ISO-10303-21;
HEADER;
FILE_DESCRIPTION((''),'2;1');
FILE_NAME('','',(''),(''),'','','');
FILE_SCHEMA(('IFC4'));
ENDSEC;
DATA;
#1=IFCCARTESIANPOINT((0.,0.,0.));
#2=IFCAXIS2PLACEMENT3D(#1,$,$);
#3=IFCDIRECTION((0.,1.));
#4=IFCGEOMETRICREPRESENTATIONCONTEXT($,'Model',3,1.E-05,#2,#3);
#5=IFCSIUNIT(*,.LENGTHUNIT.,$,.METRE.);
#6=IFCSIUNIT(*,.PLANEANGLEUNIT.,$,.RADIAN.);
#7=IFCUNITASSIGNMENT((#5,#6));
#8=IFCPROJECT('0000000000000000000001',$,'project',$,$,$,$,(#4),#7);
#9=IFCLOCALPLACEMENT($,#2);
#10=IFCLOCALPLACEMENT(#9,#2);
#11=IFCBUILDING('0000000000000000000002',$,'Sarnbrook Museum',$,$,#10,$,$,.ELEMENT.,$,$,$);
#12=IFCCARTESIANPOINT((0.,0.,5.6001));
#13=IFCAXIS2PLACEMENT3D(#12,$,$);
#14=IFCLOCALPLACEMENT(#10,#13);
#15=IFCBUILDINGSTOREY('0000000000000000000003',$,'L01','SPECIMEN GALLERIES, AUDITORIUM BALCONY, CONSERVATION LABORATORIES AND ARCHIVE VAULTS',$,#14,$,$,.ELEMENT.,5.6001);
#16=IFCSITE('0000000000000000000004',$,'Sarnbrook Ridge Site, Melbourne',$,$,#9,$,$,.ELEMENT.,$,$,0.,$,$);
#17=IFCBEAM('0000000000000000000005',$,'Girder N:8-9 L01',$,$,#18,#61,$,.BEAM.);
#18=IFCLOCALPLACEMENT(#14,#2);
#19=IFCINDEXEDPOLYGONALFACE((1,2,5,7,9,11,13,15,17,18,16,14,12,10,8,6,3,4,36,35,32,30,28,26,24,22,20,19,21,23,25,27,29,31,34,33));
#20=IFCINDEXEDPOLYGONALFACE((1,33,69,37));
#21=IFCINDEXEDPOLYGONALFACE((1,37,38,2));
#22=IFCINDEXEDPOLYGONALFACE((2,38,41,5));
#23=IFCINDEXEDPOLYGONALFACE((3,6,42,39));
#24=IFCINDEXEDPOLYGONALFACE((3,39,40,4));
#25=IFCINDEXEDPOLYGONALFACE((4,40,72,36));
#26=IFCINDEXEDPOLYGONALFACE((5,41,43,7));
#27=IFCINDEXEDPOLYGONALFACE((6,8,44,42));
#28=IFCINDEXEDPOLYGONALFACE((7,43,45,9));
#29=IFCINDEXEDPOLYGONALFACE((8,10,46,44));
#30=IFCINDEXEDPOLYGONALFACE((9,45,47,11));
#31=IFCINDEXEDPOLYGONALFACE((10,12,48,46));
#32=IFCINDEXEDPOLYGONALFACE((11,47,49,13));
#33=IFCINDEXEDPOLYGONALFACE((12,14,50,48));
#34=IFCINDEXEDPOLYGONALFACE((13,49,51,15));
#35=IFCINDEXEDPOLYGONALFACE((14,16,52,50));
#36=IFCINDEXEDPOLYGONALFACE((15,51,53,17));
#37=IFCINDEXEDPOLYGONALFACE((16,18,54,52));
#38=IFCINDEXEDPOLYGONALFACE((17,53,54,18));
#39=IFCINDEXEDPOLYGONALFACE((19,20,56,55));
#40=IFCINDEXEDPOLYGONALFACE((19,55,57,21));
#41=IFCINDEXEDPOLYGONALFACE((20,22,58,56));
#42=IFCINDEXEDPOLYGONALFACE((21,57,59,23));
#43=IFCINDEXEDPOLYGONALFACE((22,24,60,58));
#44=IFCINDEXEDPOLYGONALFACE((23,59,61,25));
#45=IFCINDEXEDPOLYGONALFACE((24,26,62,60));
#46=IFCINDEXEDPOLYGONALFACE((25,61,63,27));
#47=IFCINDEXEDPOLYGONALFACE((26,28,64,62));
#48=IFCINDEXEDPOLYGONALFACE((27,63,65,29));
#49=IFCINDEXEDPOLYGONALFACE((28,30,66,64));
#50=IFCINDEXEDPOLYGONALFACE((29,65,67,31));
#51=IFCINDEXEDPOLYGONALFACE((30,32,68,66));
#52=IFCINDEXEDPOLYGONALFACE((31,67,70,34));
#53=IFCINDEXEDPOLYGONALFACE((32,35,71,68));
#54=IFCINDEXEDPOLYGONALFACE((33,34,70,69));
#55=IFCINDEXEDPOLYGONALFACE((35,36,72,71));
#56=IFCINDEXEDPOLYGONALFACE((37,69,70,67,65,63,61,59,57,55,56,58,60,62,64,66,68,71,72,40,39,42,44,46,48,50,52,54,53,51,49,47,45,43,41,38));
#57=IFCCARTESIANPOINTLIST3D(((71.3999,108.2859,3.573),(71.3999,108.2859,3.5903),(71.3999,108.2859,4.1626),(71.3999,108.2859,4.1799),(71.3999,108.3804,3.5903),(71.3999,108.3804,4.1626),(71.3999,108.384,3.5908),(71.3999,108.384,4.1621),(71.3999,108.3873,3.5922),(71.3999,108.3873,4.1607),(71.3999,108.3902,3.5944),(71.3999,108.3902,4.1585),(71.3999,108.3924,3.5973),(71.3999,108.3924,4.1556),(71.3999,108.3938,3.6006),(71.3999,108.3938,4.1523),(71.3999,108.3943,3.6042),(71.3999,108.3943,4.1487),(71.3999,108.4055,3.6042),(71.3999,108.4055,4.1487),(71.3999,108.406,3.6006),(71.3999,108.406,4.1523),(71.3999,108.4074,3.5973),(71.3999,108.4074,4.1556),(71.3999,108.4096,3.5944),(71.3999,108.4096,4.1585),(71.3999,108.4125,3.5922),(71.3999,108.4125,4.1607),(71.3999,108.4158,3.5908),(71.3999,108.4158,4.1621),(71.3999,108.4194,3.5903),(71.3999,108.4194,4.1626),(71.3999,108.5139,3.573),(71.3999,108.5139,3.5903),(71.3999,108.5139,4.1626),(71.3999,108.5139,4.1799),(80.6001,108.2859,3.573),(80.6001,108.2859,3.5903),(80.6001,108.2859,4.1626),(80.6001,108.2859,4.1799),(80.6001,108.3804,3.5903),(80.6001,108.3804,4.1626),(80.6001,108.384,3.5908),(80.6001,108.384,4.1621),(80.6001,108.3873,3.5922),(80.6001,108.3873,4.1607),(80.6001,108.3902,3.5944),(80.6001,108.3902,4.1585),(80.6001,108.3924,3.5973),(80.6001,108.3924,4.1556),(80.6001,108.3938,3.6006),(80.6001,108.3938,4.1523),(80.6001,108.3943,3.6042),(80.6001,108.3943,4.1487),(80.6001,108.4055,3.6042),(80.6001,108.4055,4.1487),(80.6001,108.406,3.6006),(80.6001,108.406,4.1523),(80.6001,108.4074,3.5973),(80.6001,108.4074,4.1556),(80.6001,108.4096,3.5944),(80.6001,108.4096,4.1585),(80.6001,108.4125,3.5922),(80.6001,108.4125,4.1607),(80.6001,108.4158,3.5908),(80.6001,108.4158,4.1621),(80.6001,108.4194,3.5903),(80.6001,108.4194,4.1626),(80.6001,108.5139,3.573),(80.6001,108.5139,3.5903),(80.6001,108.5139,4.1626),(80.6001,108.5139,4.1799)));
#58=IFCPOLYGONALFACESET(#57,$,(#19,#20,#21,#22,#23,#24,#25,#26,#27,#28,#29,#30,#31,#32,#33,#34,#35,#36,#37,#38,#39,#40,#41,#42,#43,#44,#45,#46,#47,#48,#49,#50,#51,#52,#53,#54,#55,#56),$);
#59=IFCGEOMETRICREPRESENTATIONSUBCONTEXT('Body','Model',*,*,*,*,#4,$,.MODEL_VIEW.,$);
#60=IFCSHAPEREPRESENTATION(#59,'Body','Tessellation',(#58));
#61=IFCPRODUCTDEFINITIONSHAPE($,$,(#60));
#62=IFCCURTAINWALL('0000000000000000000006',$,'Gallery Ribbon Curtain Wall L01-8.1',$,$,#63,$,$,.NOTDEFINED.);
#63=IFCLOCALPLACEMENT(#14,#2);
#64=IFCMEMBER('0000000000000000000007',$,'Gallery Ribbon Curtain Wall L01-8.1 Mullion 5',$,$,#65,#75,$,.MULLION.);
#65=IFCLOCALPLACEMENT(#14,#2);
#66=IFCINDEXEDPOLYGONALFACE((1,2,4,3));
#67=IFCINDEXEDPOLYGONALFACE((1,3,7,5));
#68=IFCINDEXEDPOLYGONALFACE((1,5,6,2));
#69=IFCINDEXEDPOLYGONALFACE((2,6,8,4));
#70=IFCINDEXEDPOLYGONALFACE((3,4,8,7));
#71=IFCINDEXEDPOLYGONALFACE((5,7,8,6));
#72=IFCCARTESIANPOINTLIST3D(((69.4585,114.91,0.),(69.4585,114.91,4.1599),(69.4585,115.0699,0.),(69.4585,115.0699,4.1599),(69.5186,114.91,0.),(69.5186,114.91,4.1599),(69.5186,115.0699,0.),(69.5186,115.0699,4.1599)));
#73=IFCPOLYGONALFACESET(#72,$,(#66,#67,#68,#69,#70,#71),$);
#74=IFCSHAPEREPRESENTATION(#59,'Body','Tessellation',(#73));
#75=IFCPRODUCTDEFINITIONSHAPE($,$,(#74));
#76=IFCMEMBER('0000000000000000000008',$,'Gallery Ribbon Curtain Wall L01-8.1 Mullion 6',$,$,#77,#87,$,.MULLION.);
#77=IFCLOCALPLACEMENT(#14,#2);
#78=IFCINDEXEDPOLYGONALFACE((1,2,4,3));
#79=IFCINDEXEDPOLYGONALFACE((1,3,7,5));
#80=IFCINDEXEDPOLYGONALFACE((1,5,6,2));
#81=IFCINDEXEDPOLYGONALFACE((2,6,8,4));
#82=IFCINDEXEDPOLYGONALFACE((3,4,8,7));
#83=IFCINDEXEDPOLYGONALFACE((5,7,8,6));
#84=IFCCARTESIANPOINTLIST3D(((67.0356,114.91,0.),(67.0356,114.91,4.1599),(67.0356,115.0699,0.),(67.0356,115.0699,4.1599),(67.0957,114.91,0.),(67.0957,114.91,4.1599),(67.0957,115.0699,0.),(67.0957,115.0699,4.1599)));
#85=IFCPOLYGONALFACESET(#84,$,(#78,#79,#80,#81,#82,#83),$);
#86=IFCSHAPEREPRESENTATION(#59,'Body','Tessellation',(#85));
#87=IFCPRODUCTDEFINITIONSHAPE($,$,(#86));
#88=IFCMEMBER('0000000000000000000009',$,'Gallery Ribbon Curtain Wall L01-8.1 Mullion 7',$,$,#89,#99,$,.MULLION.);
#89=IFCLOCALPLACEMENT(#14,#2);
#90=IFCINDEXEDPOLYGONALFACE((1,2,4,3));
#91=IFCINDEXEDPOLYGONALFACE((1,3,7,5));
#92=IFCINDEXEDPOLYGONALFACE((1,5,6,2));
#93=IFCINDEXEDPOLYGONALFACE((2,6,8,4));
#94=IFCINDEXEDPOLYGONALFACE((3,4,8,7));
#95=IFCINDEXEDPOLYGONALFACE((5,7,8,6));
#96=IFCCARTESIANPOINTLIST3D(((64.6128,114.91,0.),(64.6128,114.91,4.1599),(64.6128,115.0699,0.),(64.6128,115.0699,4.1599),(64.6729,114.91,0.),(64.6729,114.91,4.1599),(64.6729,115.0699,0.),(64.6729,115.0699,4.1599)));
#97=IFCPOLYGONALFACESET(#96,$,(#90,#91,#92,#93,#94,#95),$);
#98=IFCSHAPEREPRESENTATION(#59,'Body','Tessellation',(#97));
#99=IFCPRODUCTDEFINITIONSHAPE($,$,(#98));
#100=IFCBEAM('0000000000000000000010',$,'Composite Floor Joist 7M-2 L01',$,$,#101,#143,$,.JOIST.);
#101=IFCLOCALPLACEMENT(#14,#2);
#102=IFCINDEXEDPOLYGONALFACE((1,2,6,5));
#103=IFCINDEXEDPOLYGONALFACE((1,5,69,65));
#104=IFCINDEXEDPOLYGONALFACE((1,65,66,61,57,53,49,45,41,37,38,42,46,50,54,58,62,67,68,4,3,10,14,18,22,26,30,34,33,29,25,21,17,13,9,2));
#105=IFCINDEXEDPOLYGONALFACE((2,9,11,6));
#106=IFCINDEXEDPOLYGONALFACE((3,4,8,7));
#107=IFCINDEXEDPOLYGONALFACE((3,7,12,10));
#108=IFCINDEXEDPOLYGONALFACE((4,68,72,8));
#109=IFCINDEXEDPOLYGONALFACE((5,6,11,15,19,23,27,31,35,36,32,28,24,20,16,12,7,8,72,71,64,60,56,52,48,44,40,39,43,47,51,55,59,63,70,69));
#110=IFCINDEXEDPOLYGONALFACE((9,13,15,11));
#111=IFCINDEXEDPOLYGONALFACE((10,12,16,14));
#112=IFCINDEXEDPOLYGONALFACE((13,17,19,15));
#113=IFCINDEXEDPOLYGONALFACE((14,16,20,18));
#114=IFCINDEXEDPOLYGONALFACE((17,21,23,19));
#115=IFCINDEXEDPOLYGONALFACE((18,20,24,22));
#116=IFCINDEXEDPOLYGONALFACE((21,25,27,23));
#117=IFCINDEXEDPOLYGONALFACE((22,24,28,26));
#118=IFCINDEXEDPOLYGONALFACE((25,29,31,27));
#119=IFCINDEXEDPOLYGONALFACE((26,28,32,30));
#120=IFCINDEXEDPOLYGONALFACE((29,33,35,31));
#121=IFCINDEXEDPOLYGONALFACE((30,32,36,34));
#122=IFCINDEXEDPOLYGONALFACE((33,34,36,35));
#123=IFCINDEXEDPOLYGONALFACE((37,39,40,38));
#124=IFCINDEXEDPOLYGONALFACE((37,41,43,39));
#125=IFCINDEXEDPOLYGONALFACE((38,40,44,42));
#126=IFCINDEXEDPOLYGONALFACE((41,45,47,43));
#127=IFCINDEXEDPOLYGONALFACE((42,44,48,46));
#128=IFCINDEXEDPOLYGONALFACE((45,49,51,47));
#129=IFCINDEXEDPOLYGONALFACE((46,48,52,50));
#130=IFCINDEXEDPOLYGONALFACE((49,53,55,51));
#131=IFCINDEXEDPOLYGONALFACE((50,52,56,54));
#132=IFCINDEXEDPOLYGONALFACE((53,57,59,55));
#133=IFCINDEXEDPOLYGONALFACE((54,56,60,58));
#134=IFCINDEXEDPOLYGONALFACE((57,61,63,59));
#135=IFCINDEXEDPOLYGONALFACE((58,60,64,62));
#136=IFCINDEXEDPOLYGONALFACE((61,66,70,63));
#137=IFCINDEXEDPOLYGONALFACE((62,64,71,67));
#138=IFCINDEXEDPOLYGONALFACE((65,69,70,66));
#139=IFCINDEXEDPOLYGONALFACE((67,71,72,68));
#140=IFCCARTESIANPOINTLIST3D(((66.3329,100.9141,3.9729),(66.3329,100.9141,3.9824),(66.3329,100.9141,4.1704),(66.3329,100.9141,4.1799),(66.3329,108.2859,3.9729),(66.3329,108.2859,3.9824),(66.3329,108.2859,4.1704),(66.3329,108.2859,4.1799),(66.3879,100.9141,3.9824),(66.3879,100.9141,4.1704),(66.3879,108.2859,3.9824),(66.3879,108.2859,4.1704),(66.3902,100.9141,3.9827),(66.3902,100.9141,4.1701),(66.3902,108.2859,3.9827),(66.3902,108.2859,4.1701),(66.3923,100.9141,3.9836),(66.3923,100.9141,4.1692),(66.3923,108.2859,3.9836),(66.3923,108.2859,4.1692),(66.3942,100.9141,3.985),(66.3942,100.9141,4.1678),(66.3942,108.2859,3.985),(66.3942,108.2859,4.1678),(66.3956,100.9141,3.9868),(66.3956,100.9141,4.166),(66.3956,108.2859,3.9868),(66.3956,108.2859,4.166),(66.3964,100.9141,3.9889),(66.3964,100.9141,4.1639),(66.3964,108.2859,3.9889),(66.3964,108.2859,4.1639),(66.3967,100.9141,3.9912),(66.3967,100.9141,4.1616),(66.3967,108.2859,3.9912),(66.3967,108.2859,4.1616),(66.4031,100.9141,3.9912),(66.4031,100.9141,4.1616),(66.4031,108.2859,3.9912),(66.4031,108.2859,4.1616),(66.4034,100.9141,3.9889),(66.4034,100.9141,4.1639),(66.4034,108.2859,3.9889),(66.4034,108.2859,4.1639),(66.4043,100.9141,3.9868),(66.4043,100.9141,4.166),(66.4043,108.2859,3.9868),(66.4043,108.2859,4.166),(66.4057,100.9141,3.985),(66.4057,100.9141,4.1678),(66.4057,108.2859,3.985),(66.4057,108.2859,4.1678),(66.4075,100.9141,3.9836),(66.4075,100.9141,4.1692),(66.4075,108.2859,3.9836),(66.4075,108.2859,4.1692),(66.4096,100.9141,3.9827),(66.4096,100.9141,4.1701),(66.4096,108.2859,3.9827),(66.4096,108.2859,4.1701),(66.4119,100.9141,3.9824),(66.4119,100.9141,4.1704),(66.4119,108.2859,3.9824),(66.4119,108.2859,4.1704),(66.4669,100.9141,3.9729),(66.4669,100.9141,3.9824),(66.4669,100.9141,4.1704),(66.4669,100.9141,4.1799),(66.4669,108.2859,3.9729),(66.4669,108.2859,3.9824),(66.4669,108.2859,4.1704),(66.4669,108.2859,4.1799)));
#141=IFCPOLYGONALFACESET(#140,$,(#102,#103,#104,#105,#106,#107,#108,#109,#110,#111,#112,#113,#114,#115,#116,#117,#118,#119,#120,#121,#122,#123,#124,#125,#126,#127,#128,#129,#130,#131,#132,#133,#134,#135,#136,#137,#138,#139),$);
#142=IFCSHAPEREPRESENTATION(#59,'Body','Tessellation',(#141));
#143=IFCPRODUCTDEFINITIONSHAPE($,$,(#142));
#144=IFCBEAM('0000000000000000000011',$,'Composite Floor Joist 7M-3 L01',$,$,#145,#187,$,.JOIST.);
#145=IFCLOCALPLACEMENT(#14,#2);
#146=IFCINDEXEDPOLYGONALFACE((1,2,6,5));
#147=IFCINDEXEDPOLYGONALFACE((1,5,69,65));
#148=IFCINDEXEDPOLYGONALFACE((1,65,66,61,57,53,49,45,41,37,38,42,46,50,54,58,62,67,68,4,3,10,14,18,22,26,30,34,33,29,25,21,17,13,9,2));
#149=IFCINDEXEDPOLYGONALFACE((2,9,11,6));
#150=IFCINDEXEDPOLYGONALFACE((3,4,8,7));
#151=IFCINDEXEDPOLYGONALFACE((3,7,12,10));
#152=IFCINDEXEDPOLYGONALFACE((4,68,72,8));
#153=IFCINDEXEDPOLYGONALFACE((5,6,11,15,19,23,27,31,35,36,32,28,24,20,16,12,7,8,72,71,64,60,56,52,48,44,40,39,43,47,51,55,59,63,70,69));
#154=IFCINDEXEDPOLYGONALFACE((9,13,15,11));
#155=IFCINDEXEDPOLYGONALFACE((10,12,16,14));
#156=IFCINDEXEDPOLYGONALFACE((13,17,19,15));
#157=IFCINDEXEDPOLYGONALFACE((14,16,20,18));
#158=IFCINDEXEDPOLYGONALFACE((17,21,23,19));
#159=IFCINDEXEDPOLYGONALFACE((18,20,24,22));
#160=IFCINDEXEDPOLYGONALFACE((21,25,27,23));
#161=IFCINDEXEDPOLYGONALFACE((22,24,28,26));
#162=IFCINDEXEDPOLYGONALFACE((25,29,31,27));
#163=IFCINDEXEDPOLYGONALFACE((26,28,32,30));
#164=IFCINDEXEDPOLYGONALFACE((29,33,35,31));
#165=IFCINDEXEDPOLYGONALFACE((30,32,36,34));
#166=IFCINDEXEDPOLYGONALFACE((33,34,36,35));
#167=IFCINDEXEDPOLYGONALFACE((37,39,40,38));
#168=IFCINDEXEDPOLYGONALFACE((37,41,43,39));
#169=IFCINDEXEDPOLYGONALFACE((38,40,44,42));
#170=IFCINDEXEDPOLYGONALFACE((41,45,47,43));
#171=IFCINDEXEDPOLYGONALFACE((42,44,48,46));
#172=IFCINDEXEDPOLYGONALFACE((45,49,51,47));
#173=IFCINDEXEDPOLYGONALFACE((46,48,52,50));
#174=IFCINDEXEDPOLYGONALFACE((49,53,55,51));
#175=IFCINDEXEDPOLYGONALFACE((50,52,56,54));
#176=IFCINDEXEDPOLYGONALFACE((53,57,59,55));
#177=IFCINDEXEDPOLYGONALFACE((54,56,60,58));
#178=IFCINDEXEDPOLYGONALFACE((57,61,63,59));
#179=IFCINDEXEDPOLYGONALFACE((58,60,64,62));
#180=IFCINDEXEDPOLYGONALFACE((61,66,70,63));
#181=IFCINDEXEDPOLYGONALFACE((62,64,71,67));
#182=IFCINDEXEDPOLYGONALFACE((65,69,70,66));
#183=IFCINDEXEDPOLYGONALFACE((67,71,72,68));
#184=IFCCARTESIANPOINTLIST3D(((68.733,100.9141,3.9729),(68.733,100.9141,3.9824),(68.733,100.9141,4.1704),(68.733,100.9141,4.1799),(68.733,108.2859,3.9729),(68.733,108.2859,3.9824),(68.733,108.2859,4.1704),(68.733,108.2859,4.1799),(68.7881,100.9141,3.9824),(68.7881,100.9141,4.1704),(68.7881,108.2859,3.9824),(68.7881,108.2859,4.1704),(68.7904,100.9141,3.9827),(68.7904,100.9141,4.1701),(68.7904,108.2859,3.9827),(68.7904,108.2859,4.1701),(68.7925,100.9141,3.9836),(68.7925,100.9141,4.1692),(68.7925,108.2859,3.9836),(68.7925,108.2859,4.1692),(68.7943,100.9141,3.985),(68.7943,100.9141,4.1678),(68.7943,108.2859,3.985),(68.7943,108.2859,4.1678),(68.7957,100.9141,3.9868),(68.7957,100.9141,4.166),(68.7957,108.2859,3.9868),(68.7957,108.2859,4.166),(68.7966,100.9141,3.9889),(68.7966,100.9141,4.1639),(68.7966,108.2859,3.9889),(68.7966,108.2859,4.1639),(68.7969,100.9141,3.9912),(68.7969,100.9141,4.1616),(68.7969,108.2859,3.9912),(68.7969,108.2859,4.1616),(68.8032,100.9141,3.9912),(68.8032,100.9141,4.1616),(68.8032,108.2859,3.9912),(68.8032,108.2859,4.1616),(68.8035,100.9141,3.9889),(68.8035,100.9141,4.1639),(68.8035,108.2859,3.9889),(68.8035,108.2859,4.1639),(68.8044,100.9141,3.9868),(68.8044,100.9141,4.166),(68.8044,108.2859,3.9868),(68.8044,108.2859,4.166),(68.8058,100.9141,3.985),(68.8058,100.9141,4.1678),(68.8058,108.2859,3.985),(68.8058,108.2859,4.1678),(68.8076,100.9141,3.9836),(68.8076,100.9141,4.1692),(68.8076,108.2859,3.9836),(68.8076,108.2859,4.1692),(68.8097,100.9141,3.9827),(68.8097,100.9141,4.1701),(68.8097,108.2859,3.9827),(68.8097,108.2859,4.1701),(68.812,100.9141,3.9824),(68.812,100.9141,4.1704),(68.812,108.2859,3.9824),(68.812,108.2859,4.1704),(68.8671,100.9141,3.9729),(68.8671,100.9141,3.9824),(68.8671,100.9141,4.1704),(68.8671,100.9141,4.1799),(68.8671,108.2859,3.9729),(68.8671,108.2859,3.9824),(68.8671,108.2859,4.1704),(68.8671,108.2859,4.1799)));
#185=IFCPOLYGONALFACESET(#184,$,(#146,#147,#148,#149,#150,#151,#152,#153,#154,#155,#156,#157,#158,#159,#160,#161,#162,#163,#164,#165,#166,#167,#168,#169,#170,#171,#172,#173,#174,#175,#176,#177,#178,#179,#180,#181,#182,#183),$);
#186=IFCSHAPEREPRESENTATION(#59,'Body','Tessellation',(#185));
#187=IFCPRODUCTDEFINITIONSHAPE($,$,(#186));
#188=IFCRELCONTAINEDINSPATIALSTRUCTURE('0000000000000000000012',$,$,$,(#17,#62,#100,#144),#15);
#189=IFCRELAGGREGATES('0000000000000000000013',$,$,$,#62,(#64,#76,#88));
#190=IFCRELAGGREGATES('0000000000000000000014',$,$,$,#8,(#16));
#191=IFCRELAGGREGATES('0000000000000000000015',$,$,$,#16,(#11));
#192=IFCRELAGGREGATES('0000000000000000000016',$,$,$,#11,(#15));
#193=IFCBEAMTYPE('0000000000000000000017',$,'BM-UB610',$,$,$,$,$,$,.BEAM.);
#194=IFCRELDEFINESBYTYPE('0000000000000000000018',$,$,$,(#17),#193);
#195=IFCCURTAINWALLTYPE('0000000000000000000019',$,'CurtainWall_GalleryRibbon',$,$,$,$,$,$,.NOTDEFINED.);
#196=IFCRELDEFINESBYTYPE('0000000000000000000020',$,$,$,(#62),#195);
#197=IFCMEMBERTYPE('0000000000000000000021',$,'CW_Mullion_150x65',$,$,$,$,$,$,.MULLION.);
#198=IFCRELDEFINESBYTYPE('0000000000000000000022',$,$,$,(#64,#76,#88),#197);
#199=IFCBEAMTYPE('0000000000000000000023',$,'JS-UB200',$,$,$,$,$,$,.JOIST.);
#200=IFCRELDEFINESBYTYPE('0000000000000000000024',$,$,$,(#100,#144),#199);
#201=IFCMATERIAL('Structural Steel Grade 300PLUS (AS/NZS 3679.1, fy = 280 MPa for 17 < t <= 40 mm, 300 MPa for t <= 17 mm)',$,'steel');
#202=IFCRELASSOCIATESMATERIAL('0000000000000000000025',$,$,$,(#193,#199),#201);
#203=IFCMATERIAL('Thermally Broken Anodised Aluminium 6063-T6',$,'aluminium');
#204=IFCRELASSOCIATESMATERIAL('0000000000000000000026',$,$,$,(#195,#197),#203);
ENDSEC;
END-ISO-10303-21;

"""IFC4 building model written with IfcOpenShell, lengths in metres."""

from ifc_helpers import new_model, si_unit, direction, frame, origin, origin_2d, place, context, subcontext, project, spatial, rectangle, i_section, extrude, material, material_profile, profile_set, type_object, element, aggregate, save


model = new_model("IFC4")

# Units and contexts
model_context = context("Model", 3, precision=1e-05, world=origin(), true_north=direction((0.0, 1.0)))
body_context = subcontext(model_context, "Body", "Model", "MODEL_VIEW")
ifc_project = project(units=[si_unit("LENGTHUNIT", "METRE"), si_unit("PLANEANGLEUNIT", "RADIAN")], contexts=[model_context])

# Site, building, storey
site_placement = place(None, origin())
site = spatial("IfcSite", under=ifc_project, at=site_placement, Name="Sarnbrook Ridge Site, Melbourne", CompositionType="ELEMENT", RefElevation=0.0)
building_placement = place(site_placement, origin())
building = spatial("IfcBuilding", under=site, at=building_placement, Name="Sarnbrook Museum", CompositionType="ELEMENT")
storey_placement = place(building_placement, frame((0.0, 0.0, 5.6001)))
storey = spatial("IfcBuildingStorey", under=building, at=storey_placement, Name="L01", Description="SPECIMEN GALLERIES, AUDITORIUM BALCONY, CONSERVATION LABORATORIES AND ARCHIVE VAULTS", CompositionType="ELEMENT", Elevation=5.6001)

# Shared definitions
ifc_material_1 = material(Name="Structural Steel Grade 300PLUS (AS/NZS 3679.1, fy = 280 MPa for 17 < t <= 40 mm, 300 MPa for t <= 17 mm)", Category="steel")

# Beam
ifc_material_profile_1 = material_profile(ifc_material_1, i_section(OverallWidth=0.228, OverallDepth=0.6069, WebThickness=0.0112, FlangeThickness=0.0173, FilletRadius=0.0139, at=origin_2d()), Name="610UB113")
ifc_profile_set_1 = profile_set([ifc_material_profile_1], Name="Structural Steel Grade 300PLUS (AS/NZS 3679.1, fy = 280 MPa for 17 < t <= 40 mm, 300 MPa for t <= 17 mm)")
beam_type_1 = type_object("IfcBeamType", Name="BM-UB610", PredefinedType="BEAM", material=ifc_profile_set_1)
beam_1_placement = place(storey_placement, frame((71.3999, 108.3999, 3.8765), z_axis=(1.0, 0.0, 0.0), x_axis=(0.0, 1.0, 0.0)))
element("IfcBeam", 1, at=beam_1_placement, inside=storey, type_object=beam_type_1, Name="Girder N:8-9 L01", PredefinedType="BEAM", context=body_context, shape_type="SweptSolid", body=[
    extrude(i_section(OverallWidth=0.228, OverallDepth=0.6069, WebThickness=0.0112, FlangeThickness=0.0173, FilletRadius=0.0139, at=origin_2d()), origin(), (0.0, 0.0, 1.0), 9.2002),
])

# Curtain wall, members
ifc_material_2 = material(Name="Thermally Broken Anodised Aluminium 6063-T6", Category="aluminium")
curtain_wall_type = type_object("IfcCurtainWallType", Name="CurtainWall_GalleryRibbon", PredefinedType="NOTDEFINED", material=ifc_material_2)
curtain_wall_placement = place(storey_placement, origin())
curtain_wall = element("IfcCurtainWall", 2, at=curtain_wall_placement, inside=storey, type_object=curtain_wall_type, Name="Gallery Ribbon Curtain Wall L01-8.1", PredefinedType="NOTDEFINED")
ifc_material_profile_2 = material_profile(ifc_material_2, rectangle(XDim=0.0601, YDim=0.1599, at=origin_2d()), Name="ALU MULLION 60x160")
ifc_profile_set_2 = profile_set([ifc_material_profile_2], Name="Thermally Broken Anodised Aluminium 6063-T6")
member_type = type_object("IfcMemberType", Name="CW_Mullion_150x65", PredefinedType="MULLION", material=ifc_profile_set_2)
member_1_placement = place(storey_placement, frame((69.4885, 114.99, 0.0), z_axis=(0.0, 0.0, 1.0), x_axis=(1.0, 0.0, 0.0)))
member_1 = element("IfcMember", 3, at=member_1_placement, type_object=member_type, Name="Gallery Ribbon Curtain Wall L01-8.1 Mullion 5", PredefinedType="MULLION", context=body_context, shape_type="SweptSolid", body=[
    extrude(rectangle(XDim=0.0601, YDim=0.1599, at=origin_2d()), origin(), (0.0, 0.0, 1.0), 4.1599),
])
member_2_placement = place(storey_placement, frame((67.0657, 114.99, 0.0), z_axis=(0.0, 0.0, 1.0), x_axis=(1.0, 0.0, 0.0)))
member_2 = element("IfcMember", 4, at=member_2_placement, type_object=member_type, Name="Gallery Ribbon Curtain Wall L01-8.1 Mullion 6", PredefinedType="MULLION", context=body_context, shape_type="SweptSolid", body=[
    extrude(rectangle(XDim=0.0601, YDim=0.1599, at=origin_2d()), origin(), (0.0, 0.0, 1.0), 4.1599),
])
member_3_placement = place(storey_placement, frame((64.6428, 114.99, 0.0), z_axis=(0.0, 0.0, 1.0), x_axis=(1.0, 0.0, 0.0)))
member_3 = element("IfcMember", 5, at=member_3_placement, type_object=member_type, Name="Gallery Ribbon Curtain Wall L01-8.1 Mullion 7", PredefinedType="MULLION", context=body_context, shape_type="SweptSolid", body=[
    extrude(rectangle(XDim=0.0601, YDim=0.1599, at=origin_2d()), origin(), (0.0, 0.0, 1.0), 4.1599),
])

# Beams
ifc_material_profile_3 = material_profile(ifc_material_1, i_section(OverallWidth=0.134, OverallDepth=0.207, WebThickness=0.0063, FlangeThickness=0.0095, FilletRadius=0.0088, at=origin_2d()), Name="200UB29.8")
ifc_profile_set_3 = profile_set([ifc_material_profile_3], Name="Structural Steel Grade 300PLUS (AS/NZS 3679.1, fy = 280 MPa for 17 < t <= 40 mm, 300 MPa for t <= 17 mm)")
beam_type_2 = type_object("IfcBeamType", Name="JS-UB200", PredefinedType="JOIST", material=ifc_profile_set_3)
for number, where, z_axis, x_axis, name in (
    (6, (66.3999, 100.9141, 4.0764), (0.0, 1.0, 0.0), (-1.0, 0.0, 0.0), "Composite Floor Joist 7M-2 L01"),
    (7, (68.8, 100.9141, 4.0764), (0.0, 1.0, 0.0), (-1.0, 0.0, 0.0), "Composite Floor Joist 7M-3 L01"),
):
    element("IfcBeam", number, at=place(storey_placement, frame(where, z_axis=z_axis, x_axis=x_axis)), inside=storey, type_object=beam_type_2, Name=name, PredefinedType="JOIST", context=body_context, shape_type="SweptSolid", body=[
        extrude(i_section(OverallWidth=0.134, OverallDepth=0.207, WebThickness=0.0063, FlangeThickness=0.0095, FilletRadius=0.0088, at=origin_2d()), origin(), (0.0, 0.0, 1.0), 7.3718),
    ])

aggregate(curtain_wall, [member_1, member_2, member_3])

save(model, "model.ifc")
